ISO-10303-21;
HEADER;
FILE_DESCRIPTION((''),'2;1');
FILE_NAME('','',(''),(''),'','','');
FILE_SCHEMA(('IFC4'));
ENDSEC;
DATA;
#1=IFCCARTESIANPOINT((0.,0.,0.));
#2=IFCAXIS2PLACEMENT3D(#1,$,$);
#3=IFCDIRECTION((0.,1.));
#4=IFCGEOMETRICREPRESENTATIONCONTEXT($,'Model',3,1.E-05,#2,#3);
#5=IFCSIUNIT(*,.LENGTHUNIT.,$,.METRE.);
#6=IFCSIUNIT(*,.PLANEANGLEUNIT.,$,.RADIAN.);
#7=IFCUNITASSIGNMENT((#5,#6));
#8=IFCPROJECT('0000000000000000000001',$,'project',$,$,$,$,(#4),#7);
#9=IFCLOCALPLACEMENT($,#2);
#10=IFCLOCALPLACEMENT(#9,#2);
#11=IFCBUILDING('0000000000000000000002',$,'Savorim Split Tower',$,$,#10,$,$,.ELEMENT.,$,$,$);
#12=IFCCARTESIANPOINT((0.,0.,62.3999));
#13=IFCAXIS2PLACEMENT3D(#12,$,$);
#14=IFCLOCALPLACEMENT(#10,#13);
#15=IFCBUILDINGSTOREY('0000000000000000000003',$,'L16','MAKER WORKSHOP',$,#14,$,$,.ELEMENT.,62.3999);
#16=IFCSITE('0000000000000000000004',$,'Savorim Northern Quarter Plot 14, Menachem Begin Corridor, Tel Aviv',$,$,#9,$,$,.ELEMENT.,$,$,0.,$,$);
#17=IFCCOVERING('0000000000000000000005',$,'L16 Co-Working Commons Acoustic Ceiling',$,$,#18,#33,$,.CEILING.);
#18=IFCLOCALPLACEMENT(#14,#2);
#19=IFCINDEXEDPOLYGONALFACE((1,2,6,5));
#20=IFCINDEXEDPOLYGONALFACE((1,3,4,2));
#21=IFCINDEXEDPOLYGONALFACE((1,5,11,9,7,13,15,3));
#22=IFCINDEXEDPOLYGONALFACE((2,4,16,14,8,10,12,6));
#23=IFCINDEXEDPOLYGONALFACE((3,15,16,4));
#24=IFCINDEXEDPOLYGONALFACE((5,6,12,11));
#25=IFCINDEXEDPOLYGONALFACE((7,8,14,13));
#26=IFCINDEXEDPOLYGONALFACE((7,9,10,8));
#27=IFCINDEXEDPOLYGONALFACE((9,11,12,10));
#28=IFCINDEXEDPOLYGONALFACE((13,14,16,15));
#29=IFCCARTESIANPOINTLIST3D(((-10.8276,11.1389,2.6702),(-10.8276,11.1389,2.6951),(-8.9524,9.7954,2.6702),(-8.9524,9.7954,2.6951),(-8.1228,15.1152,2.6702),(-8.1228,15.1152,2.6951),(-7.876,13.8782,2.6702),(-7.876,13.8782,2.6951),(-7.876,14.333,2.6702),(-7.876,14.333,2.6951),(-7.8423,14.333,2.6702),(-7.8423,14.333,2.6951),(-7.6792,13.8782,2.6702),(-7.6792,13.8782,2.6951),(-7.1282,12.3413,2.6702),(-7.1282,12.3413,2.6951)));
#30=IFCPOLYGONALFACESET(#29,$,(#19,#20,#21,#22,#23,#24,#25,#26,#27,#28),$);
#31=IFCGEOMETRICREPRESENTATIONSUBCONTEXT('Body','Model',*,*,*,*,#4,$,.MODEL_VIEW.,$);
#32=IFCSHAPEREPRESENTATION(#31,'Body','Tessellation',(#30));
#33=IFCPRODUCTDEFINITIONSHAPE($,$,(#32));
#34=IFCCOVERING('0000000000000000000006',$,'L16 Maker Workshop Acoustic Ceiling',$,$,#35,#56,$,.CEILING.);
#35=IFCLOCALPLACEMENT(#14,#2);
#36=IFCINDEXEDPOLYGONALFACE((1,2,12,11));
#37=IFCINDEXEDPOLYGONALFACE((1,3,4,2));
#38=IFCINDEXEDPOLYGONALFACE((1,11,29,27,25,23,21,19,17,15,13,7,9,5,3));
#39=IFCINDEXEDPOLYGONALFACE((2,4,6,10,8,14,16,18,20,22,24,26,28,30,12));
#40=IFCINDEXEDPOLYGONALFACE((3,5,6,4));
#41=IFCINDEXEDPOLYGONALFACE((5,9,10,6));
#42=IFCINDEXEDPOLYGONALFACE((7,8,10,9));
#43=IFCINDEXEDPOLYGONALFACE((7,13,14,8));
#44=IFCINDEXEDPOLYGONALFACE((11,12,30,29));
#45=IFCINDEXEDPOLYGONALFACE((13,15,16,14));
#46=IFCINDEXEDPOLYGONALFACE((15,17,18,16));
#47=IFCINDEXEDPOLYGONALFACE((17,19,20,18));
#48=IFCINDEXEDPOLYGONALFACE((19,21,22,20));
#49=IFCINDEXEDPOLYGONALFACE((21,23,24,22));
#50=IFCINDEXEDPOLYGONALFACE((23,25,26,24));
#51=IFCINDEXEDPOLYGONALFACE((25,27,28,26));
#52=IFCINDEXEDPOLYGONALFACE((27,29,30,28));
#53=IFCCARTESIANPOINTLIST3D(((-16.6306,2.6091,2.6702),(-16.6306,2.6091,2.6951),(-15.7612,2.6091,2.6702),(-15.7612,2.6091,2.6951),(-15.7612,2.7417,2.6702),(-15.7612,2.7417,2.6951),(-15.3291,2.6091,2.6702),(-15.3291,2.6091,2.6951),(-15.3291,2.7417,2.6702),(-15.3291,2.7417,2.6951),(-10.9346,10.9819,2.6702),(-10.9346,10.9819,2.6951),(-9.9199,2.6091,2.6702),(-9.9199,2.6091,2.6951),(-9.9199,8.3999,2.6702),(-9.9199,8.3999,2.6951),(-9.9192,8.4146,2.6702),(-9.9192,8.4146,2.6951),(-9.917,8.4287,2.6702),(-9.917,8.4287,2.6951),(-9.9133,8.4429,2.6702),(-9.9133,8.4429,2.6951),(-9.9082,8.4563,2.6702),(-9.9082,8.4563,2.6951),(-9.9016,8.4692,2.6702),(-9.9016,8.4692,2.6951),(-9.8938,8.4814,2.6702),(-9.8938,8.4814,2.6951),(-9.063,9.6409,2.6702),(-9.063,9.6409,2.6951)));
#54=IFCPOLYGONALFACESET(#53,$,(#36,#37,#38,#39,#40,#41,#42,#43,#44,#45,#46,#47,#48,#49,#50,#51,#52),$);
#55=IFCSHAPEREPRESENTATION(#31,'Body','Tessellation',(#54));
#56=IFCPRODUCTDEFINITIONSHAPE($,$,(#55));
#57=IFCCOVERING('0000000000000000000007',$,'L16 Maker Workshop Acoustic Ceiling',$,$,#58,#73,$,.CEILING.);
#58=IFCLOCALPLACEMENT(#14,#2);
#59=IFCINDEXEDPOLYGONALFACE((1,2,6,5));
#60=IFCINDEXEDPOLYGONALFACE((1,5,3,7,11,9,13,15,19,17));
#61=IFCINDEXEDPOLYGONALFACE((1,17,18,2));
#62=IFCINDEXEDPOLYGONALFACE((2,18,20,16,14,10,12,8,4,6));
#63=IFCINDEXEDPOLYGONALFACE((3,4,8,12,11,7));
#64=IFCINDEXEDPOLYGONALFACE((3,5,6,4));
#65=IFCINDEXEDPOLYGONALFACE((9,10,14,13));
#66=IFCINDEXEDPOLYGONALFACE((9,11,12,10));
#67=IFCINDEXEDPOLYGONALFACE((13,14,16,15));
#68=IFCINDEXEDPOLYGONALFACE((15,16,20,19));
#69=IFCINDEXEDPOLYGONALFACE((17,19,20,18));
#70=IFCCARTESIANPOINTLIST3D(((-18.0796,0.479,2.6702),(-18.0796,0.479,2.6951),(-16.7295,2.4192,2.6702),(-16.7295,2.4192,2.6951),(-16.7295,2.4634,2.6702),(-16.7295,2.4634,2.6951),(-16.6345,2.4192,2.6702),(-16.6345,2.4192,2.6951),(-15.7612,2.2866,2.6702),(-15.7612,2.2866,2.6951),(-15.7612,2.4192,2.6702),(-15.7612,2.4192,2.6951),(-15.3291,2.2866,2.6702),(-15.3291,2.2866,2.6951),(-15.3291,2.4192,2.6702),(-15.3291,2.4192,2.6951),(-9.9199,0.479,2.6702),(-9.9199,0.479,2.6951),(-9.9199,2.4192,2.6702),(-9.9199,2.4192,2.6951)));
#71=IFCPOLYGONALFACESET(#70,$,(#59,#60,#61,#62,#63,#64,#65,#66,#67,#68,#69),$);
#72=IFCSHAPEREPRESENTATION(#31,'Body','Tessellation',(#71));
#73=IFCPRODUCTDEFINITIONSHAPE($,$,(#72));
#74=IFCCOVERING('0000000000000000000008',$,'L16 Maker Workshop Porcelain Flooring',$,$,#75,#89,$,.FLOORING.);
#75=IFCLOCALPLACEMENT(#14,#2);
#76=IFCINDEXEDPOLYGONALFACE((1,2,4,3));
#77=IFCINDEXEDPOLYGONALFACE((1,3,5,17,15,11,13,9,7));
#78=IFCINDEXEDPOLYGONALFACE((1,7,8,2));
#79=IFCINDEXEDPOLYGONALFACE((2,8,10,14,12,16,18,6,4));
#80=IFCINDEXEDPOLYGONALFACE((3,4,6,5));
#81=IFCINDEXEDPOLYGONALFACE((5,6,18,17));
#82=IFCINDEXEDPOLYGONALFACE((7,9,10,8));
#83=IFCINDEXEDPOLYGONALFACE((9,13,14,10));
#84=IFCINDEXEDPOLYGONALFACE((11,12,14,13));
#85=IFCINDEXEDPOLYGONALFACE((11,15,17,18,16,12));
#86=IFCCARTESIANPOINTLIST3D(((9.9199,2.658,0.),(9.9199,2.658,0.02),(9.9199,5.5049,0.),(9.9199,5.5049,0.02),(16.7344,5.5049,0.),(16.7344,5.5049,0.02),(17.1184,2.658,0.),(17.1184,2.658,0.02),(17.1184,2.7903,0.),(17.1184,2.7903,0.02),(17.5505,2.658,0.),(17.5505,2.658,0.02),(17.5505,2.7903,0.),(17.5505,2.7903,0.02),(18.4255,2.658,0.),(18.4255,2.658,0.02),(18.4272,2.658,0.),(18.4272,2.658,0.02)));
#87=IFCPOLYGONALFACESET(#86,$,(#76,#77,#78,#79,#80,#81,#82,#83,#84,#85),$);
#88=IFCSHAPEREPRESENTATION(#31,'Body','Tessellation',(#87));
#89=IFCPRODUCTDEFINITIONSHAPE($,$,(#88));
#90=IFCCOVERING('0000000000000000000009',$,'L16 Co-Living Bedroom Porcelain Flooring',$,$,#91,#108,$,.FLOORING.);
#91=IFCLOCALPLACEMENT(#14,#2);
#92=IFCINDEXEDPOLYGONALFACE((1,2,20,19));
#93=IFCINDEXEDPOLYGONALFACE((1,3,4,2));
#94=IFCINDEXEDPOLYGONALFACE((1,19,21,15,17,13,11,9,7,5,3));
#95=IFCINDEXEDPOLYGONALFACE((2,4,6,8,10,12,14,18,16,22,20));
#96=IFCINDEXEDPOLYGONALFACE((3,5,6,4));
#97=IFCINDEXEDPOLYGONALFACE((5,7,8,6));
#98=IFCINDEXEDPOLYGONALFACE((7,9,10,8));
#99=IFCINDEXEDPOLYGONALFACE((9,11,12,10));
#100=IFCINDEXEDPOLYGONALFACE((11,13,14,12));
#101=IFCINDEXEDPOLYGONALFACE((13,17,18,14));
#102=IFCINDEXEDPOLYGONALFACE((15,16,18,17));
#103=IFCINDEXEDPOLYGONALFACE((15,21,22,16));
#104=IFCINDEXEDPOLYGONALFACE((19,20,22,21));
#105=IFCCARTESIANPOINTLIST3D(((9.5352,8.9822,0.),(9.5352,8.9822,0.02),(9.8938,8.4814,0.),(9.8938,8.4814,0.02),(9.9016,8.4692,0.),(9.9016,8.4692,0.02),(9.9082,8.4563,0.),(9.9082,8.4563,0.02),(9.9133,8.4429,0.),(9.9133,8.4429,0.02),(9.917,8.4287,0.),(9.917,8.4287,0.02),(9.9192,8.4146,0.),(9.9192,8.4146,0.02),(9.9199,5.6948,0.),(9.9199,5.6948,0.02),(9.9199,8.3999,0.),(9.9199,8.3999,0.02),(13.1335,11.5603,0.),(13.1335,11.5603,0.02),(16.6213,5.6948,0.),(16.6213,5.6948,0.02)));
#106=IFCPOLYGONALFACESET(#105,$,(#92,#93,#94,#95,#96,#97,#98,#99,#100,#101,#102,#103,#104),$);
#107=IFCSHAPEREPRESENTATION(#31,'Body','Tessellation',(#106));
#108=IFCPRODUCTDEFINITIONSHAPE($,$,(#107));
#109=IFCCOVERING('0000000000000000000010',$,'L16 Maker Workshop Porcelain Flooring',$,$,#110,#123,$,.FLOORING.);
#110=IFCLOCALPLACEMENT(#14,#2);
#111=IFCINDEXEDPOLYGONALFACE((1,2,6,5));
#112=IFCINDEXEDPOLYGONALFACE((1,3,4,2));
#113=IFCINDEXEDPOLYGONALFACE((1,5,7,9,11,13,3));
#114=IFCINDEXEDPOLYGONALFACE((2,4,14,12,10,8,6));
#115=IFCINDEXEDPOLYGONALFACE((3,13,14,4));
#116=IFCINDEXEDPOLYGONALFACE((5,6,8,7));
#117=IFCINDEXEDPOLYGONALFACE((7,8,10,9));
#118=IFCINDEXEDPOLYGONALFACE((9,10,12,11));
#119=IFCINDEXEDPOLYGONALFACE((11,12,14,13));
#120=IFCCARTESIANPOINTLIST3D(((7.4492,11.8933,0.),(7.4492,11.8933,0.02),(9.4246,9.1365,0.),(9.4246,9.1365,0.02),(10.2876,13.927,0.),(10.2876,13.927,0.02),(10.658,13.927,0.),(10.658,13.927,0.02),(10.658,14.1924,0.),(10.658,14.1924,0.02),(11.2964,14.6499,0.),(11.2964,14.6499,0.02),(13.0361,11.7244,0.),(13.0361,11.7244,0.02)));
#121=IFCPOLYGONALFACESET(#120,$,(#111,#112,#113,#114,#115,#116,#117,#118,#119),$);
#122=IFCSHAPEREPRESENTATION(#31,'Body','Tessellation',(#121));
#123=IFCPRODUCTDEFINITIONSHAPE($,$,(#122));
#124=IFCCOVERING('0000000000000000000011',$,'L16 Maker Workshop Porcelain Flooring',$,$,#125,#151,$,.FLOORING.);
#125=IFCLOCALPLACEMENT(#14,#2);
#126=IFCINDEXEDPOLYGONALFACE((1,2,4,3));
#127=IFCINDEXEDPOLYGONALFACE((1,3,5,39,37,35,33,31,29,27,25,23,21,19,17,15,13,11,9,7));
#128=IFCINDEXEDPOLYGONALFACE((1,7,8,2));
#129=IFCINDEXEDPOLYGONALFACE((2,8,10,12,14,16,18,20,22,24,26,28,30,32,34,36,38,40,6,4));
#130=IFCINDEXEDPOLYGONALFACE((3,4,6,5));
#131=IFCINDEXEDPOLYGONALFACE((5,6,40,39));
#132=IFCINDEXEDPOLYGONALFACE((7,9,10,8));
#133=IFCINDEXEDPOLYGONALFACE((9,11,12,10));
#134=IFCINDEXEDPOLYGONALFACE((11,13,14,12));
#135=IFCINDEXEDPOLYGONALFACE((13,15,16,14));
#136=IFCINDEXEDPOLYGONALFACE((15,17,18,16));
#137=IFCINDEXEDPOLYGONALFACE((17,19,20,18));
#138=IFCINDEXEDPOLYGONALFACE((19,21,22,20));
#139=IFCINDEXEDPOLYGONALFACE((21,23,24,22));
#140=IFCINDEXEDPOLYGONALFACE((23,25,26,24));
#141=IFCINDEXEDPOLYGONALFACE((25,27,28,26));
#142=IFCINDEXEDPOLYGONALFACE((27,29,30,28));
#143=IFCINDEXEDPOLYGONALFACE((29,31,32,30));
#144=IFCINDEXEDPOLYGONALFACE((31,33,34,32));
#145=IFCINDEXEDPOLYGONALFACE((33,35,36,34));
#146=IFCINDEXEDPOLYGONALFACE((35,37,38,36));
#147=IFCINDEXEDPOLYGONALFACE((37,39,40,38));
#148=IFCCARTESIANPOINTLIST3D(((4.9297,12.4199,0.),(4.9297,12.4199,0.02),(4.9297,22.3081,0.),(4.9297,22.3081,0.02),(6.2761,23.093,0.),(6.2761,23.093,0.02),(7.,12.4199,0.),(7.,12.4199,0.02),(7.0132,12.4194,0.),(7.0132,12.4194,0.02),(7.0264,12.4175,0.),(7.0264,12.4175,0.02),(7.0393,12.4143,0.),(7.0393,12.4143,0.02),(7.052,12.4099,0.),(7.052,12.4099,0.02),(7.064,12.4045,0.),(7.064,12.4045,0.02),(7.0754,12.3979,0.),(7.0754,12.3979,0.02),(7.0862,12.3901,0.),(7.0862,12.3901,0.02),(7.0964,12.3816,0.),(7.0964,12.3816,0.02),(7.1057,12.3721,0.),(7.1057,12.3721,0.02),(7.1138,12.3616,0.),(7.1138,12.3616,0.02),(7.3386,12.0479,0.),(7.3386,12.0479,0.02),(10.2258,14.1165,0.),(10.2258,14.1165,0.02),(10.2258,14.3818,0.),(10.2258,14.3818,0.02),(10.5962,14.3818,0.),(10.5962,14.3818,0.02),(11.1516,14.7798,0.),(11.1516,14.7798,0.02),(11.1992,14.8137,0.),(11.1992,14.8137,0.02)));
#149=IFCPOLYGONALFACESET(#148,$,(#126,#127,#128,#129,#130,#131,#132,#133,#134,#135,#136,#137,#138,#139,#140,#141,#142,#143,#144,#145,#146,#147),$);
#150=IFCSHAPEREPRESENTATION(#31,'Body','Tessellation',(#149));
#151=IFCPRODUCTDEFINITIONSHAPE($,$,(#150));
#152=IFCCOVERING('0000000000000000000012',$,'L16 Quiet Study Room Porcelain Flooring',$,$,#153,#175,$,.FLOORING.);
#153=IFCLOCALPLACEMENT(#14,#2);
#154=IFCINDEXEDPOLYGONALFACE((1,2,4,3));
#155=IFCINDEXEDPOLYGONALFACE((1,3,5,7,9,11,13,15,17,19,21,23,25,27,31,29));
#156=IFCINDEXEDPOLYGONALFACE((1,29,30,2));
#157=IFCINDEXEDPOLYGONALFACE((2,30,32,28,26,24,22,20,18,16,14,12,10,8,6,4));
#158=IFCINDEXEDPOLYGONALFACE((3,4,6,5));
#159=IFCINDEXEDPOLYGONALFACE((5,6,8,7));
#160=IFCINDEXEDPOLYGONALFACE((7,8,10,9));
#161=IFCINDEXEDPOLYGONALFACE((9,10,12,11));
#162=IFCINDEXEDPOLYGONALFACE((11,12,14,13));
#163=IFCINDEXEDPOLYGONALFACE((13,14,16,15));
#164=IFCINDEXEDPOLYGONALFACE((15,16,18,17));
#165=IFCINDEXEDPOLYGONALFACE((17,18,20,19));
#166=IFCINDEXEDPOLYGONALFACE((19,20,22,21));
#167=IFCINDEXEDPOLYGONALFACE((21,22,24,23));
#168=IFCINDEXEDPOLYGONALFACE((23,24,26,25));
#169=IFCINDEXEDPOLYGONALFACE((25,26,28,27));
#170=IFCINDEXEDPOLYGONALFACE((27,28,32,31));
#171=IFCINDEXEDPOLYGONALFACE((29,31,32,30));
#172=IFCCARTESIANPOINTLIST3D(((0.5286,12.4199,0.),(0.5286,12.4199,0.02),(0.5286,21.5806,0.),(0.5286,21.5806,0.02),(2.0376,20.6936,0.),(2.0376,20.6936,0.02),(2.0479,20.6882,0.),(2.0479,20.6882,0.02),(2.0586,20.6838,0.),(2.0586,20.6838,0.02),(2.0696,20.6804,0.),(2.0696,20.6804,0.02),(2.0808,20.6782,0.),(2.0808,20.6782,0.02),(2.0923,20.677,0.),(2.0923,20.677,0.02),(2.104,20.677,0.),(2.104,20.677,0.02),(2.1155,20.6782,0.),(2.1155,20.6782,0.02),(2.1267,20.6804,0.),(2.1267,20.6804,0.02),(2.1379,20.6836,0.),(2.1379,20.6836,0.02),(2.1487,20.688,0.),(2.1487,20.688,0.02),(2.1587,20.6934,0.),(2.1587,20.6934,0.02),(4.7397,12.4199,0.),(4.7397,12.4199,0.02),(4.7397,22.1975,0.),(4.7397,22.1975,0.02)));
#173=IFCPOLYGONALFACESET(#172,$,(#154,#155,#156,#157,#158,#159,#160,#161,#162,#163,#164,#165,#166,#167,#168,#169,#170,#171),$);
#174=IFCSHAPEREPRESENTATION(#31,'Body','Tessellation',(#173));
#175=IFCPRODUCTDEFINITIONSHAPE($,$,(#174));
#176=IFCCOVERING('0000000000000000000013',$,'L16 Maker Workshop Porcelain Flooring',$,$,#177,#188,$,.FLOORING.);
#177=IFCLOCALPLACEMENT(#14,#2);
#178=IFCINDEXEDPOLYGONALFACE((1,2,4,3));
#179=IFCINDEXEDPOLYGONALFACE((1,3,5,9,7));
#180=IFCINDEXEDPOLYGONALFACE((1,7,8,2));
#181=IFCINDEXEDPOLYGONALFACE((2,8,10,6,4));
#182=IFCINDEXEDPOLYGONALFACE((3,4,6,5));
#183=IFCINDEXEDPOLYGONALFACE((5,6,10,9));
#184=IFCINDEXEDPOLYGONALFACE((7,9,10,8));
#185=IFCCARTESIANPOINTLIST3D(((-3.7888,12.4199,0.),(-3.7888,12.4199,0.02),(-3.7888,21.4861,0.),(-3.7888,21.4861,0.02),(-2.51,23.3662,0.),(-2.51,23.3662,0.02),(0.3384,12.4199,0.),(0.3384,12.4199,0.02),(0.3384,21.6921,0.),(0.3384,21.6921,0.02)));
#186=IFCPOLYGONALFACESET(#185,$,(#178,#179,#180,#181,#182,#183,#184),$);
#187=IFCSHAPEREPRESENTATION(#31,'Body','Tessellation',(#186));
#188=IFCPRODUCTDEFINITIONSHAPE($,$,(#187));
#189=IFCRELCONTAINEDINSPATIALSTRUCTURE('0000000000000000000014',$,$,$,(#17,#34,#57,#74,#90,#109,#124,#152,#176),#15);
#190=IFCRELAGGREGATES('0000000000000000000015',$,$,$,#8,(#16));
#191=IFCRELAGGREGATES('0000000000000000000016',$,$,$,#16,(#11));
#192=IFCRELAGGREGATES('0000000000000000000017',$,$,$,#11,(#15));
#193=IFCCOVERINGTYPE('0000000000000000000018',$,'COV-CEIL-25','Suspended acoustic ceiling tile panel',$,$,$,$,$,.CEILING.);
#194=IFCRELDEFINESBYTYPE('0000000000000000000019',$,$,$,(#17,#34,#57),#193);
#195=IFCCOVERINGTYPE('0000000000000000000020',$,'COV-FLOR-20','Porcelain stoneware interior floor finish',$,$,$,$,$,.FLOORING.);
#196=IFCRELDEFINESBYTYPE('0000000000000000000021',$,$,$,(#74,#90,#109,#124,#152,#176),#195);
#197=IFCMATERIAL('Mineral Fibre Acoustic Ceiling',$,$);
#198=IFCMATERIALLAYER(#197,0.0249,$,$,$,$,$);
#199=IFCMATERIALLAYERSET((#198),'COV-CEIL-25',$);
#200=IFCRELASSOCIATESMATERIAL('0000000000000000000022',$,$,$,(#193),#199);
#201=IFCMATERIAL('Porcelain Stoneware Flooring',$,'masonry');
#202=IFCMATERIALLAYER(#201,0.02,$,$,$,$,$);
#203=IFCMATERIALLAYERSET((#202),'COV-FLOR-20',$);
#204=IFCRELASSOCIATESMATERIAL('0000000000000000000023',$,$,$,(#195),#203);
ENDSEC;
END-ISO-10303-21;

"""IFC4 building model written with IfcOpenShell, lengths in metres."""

from ifc_helpers import new_model, si_unit, direction, frame, origin, place, context, subcontext, project, spatial, polyline, outline, extrude, material, layer, layer_set, type_object, element, save


model = new_model("IFC4")

# Units and contexts
model_context = context("Model", 3, precision=1e-05, world=origin(), true_north=direction((0.0, 1.0)))
body_context = subcontext(model_context, "Body", "Model", "MODEL_VIEW")
ifc_project = project(units=[si_unit("LENGTHUNIT", "METRE"), si_unit("PLANEANGLEUNIT", "RADIAN")], contexts=[model_context])

# Site, building, storey
site_placement = place(None, origin())
site = spatial("IfcSite", under=ifc_project, at=site_placement, Name="Savorim Northern Quarter Plot 14, Menachem Begin Corridor, Tel Aviv", CompositionType="ELEMENT", RefElevation=0.0)
building_placement = place(site_placement, origin())
building = spatial("IfcBuilding", under=site, at=building_placement, Name="Savorim Split Tower", CompositionType="ELEMENT")
storey_placement = place(building_placement, frame((0.0, 0.0, 62.3999)))
storey = spatial("IfcBuildingStorey", under=building, at=storey_placement, Name="L16", Description="MAKER WORKSHOP", CompositionType="ELEMENT", Elevation=62.3999)

# Coverings
ifc_material_1 = material(Name="Mineral Fibre Acoustic Ceiling")
ifc_layer_1 = layer(ifc_material_1, 0.0249)
ifc_layer_set_1 = layer_set([ifc_layer_1], Name="COV-CEIL-25")
covering_type_1 = type_object("IfcCoveringType", Name="COV-CEIL-25", Description="Suspended acoustic ceiling tile panel", PredefinedType="CEILING", material=ifc_layer_set_1)
covering_1_placement = place(storey_placement, frame((0.0, 0.0, 2.6702)))
element("IfcCovering", 1, at=covering_1_placement, inside=storey, type_object=covering_type_1, Name="L16 Co-Working Commons Acoustic Ceiling", PredefinedType="CEILING", context=body_context, shape_type="SweptSolid", body=[
    extrude(outline(polyline([(-10.8276, 11.1389), (-8.9524, 9.7954), (-7.1282, 12.3413), (-7.6792, 13.8782), (-7.876, 13.8782), (-7.876, 14.333), (-7.8423, 14.333), (-8.1228, 15.1152), (-10.8276, 11.1389)])), origin(), (0.0, 0.0, 1.0), 0.0249),
])
covering_2_placement = place(storey_placement, frame((0.0, 0.0, 2.6702)))
element("IfcCovering", 2, at=covering_2_placement, inside=storey, type_object=covering_type_1, Name="L16 Maker Workshop Acoustic Ceiling", PredefinedType="CEILING", context=body_context, shape_type="SweptSolid", body=[
    extrude(outline(polyline([(-9.9082, 8.4563), (-9.9016, 8.4692), (-9.8938, 8.4814), (-9.063, 9.6409), (-10.9346, 10.9819), (-16.6306, 2.6091), (-15.7612, 2.6091), (-15.7612, 2.7417), (-15.3291, 2.7417), (-15.3291, 2.6091), (-9.9199, 2.6091), (-9.9199, 8.3999), (-9.9192, 8.4146), (-9.917, 8.4287), (-9.9133, 8.4429), (-9.9082, 8.4563)])), origin(), (0.0, 0.0, 1.0), 0.0249),
])
covering_3_placement = place(storey_placement, frame((0.0, 0.0, 2.6702)))
element("IfcCovering", 3, at=covering_3_placement, inside=storey, type_object=covering_type_1, Name="L16 Maker Workshop Acoustic Ceiling", PredefinedType="CEILING", context=body_context, shape_type="SweptSolid", body=[
    extrude(outline(polyline([(-15.7612, 2.4192), (-16.6345, 2.4192), (-16.7295, 2.4192), (-16.7295, 2.4634), (-18.0796, 0.479), (-9.9199, 0.479), (-9.9199, 2.4192), (-15.3291, 2.4192), (-15.3291, 2.2866), (-15.7612, 2.2866), (-15.7612, 2.4192)])), origin(), (0.0, 0.0, 1.0), 0.0249),
])
ifc_material_2 = material(Name="Porcelain Stoneware Flooring", Category="masonry")
ifc_layer_2 = layer(ifc_material_2, 0.02)
ifc_layer_set_2 = layer_set([ifc_layer_2], Name="COV-FLOR-20")
covering_type_2 = type_object("IfcCoveringType", Name="COV-FLOR-20", Description="Porcelain stoneware interior floor finish", PredefinedType="FLOORING", material=ifc_layer_set_2)
covering_4_placement = place(storey_placement, origin())
element("IfcCovering", 4, at=covering_4_placement, inside=storey, type_object=covering_type_2, Name="L16 Maker Workshop Porcelain Flooring", PredefinedType="FLOORING", context=body_context, shape_type="SweptSolid", body=[
    extrude(outline(polyline([(17.5505, 2.7903), (17.5505, 2.658), (18.4255, 2.658), (18.4272, 2.658), (16.7344, 5.5049), (9.9199, 5.5049), (9.9199, 2.658), (17.1184, 2.658), (17.1184, 2.7903), (17.5505, 2.7903)])), origin(), (0.0, 0.0, 1.0), 0.02),
])
covering_5_placement = place(storey_placement, origin())
element("IfcCovering", 5, at=covering_5_placement, inside=storey, type_object=covering_type_2, Name="L16 Co-Living Bedroom Porcelain Flooring", PredefinedType="FLOORING", context=body_context, shape_type="SweptSolid", body=[
    extrude(outline(polyline([(9.917, 8.4287), (9.9192, 8.4146), (9.9199, 8.3999), (9.9199, 5.6948), (16.6213, 5.6948), (13.1335, 11.5603), (9.5352, 8.9822), (9.8938, 8.4814), (9.9016, 8.4692), (9.9082, 8.4563), (9.9133, 8.4429), (9.917, 8.4287)])), origin(), (0.0, 0.0, 1.0), 0.02),
])
covering_6_placement = place(storey_placement, origin())
element("IfcCovering", 6, at=covering_6_placement, inside=storey, type_object=covering_type_2, Name="L16 Maker Workshop Porcelain Flooring", PredefinedType="FLOORING", context=body_context, shape_type="SweptSolid", body=[
    extrude(outline(polyline([(10.658, 13.927), (10.2876, 13.927), (7.4492, 11.8933), (9.4246, 9.1365), (13.0361, 11.7244), (11.2964, 14.6499), (10.658, 14.1924), (10.658, 13.927)])), origin(), (0.0, 0.0, 1.0), 0.02),
])
covering_7_placement = place(storey_placement, origin())
element("IfcCovering", 7, at=covering_7_placement, inside=storey, type_object=covering_type_2, Name="L16 Maker Workshop Porcelain Flooring", PredefinedType="FLOORING", context=body_context, shape_type="SweptSolid", body=[
    extrude(outline(polyline([(11.1516, 14.7798), (11.1992, 14.8137), (6.2761, 23.093), (4.9297, 22.3081), (4.9297, 12.4199), (7.0, 12.4199), (7.0132, 12.4194), (7.0264, 12.4175), (7.0393, 12.4143), (7.052, 12.4099), (7.064, 12.4045), (7.0754, 12.3979), (7.0862, 12.3901), (7.0964, 12.3816), (7.1057, 12.3721), (7.1138, 12.3616), (7.3386, 12.0479), (10.2258, 14.1165), (10.2258, 14.3818), (10.5962, 14.3818), (11.1516, 14.7798)])), origin(), (0.0, 0.0, 1.0), 0.02),
])
covering_8_placement = place(storey_placement, origin())
element("IfcCovering", 8, at=covering_8_placement, inside=storey, type_object=covering_type_2, Name="L16 Quiet Study Room Porcelain Flooring", PredefinedType="FLOORING", context=body_context, shape_type="SweptSolid", body=[
    extrude(outline(polyline([(2.0586, 20.6838), (2.0479, 20.6882), (2.0376, 20.6936), (0.5286, 21.5806), (0.5286, 12.4199), (4.7397, 12.4199), (4.7397, 22.1975), (2.1587, 20.6934), (2.1487, 20.688), (2.1379, 20.6836), (2.1267, 20.6804), (2.1155, 20.6782), (2.104, 20.677), (2.0923, 20.677), (2.0808, 20.6782), (2.0696, 20.6804), (2.0586, 20.6838)])), origin(), (0.0, 0.0, 1.0), 0.02),
])
covering_9_placement = place(storey_placement, origin())
element("IfcCovering", 9, at=covering_9_placement, inside=storey, type_object=covering_type_2, Name="L16 Maker Workshop Porcelain Flooring", PredefinedType="FLOORING", context=body_context, shape_type="SweptSolid", body=[
    extrude(outline(polyline([(-3.7888, 12.4199), (0.3384, 12.4199), (0.3384, 21.6921), (-2.51, 23.3662), (-3.7888, 21.4861), (-3.7888, 12.4199)])), origin(), (0.0, 0.0, 1.0), 0.02),
])

save(model, "model.ifc")
